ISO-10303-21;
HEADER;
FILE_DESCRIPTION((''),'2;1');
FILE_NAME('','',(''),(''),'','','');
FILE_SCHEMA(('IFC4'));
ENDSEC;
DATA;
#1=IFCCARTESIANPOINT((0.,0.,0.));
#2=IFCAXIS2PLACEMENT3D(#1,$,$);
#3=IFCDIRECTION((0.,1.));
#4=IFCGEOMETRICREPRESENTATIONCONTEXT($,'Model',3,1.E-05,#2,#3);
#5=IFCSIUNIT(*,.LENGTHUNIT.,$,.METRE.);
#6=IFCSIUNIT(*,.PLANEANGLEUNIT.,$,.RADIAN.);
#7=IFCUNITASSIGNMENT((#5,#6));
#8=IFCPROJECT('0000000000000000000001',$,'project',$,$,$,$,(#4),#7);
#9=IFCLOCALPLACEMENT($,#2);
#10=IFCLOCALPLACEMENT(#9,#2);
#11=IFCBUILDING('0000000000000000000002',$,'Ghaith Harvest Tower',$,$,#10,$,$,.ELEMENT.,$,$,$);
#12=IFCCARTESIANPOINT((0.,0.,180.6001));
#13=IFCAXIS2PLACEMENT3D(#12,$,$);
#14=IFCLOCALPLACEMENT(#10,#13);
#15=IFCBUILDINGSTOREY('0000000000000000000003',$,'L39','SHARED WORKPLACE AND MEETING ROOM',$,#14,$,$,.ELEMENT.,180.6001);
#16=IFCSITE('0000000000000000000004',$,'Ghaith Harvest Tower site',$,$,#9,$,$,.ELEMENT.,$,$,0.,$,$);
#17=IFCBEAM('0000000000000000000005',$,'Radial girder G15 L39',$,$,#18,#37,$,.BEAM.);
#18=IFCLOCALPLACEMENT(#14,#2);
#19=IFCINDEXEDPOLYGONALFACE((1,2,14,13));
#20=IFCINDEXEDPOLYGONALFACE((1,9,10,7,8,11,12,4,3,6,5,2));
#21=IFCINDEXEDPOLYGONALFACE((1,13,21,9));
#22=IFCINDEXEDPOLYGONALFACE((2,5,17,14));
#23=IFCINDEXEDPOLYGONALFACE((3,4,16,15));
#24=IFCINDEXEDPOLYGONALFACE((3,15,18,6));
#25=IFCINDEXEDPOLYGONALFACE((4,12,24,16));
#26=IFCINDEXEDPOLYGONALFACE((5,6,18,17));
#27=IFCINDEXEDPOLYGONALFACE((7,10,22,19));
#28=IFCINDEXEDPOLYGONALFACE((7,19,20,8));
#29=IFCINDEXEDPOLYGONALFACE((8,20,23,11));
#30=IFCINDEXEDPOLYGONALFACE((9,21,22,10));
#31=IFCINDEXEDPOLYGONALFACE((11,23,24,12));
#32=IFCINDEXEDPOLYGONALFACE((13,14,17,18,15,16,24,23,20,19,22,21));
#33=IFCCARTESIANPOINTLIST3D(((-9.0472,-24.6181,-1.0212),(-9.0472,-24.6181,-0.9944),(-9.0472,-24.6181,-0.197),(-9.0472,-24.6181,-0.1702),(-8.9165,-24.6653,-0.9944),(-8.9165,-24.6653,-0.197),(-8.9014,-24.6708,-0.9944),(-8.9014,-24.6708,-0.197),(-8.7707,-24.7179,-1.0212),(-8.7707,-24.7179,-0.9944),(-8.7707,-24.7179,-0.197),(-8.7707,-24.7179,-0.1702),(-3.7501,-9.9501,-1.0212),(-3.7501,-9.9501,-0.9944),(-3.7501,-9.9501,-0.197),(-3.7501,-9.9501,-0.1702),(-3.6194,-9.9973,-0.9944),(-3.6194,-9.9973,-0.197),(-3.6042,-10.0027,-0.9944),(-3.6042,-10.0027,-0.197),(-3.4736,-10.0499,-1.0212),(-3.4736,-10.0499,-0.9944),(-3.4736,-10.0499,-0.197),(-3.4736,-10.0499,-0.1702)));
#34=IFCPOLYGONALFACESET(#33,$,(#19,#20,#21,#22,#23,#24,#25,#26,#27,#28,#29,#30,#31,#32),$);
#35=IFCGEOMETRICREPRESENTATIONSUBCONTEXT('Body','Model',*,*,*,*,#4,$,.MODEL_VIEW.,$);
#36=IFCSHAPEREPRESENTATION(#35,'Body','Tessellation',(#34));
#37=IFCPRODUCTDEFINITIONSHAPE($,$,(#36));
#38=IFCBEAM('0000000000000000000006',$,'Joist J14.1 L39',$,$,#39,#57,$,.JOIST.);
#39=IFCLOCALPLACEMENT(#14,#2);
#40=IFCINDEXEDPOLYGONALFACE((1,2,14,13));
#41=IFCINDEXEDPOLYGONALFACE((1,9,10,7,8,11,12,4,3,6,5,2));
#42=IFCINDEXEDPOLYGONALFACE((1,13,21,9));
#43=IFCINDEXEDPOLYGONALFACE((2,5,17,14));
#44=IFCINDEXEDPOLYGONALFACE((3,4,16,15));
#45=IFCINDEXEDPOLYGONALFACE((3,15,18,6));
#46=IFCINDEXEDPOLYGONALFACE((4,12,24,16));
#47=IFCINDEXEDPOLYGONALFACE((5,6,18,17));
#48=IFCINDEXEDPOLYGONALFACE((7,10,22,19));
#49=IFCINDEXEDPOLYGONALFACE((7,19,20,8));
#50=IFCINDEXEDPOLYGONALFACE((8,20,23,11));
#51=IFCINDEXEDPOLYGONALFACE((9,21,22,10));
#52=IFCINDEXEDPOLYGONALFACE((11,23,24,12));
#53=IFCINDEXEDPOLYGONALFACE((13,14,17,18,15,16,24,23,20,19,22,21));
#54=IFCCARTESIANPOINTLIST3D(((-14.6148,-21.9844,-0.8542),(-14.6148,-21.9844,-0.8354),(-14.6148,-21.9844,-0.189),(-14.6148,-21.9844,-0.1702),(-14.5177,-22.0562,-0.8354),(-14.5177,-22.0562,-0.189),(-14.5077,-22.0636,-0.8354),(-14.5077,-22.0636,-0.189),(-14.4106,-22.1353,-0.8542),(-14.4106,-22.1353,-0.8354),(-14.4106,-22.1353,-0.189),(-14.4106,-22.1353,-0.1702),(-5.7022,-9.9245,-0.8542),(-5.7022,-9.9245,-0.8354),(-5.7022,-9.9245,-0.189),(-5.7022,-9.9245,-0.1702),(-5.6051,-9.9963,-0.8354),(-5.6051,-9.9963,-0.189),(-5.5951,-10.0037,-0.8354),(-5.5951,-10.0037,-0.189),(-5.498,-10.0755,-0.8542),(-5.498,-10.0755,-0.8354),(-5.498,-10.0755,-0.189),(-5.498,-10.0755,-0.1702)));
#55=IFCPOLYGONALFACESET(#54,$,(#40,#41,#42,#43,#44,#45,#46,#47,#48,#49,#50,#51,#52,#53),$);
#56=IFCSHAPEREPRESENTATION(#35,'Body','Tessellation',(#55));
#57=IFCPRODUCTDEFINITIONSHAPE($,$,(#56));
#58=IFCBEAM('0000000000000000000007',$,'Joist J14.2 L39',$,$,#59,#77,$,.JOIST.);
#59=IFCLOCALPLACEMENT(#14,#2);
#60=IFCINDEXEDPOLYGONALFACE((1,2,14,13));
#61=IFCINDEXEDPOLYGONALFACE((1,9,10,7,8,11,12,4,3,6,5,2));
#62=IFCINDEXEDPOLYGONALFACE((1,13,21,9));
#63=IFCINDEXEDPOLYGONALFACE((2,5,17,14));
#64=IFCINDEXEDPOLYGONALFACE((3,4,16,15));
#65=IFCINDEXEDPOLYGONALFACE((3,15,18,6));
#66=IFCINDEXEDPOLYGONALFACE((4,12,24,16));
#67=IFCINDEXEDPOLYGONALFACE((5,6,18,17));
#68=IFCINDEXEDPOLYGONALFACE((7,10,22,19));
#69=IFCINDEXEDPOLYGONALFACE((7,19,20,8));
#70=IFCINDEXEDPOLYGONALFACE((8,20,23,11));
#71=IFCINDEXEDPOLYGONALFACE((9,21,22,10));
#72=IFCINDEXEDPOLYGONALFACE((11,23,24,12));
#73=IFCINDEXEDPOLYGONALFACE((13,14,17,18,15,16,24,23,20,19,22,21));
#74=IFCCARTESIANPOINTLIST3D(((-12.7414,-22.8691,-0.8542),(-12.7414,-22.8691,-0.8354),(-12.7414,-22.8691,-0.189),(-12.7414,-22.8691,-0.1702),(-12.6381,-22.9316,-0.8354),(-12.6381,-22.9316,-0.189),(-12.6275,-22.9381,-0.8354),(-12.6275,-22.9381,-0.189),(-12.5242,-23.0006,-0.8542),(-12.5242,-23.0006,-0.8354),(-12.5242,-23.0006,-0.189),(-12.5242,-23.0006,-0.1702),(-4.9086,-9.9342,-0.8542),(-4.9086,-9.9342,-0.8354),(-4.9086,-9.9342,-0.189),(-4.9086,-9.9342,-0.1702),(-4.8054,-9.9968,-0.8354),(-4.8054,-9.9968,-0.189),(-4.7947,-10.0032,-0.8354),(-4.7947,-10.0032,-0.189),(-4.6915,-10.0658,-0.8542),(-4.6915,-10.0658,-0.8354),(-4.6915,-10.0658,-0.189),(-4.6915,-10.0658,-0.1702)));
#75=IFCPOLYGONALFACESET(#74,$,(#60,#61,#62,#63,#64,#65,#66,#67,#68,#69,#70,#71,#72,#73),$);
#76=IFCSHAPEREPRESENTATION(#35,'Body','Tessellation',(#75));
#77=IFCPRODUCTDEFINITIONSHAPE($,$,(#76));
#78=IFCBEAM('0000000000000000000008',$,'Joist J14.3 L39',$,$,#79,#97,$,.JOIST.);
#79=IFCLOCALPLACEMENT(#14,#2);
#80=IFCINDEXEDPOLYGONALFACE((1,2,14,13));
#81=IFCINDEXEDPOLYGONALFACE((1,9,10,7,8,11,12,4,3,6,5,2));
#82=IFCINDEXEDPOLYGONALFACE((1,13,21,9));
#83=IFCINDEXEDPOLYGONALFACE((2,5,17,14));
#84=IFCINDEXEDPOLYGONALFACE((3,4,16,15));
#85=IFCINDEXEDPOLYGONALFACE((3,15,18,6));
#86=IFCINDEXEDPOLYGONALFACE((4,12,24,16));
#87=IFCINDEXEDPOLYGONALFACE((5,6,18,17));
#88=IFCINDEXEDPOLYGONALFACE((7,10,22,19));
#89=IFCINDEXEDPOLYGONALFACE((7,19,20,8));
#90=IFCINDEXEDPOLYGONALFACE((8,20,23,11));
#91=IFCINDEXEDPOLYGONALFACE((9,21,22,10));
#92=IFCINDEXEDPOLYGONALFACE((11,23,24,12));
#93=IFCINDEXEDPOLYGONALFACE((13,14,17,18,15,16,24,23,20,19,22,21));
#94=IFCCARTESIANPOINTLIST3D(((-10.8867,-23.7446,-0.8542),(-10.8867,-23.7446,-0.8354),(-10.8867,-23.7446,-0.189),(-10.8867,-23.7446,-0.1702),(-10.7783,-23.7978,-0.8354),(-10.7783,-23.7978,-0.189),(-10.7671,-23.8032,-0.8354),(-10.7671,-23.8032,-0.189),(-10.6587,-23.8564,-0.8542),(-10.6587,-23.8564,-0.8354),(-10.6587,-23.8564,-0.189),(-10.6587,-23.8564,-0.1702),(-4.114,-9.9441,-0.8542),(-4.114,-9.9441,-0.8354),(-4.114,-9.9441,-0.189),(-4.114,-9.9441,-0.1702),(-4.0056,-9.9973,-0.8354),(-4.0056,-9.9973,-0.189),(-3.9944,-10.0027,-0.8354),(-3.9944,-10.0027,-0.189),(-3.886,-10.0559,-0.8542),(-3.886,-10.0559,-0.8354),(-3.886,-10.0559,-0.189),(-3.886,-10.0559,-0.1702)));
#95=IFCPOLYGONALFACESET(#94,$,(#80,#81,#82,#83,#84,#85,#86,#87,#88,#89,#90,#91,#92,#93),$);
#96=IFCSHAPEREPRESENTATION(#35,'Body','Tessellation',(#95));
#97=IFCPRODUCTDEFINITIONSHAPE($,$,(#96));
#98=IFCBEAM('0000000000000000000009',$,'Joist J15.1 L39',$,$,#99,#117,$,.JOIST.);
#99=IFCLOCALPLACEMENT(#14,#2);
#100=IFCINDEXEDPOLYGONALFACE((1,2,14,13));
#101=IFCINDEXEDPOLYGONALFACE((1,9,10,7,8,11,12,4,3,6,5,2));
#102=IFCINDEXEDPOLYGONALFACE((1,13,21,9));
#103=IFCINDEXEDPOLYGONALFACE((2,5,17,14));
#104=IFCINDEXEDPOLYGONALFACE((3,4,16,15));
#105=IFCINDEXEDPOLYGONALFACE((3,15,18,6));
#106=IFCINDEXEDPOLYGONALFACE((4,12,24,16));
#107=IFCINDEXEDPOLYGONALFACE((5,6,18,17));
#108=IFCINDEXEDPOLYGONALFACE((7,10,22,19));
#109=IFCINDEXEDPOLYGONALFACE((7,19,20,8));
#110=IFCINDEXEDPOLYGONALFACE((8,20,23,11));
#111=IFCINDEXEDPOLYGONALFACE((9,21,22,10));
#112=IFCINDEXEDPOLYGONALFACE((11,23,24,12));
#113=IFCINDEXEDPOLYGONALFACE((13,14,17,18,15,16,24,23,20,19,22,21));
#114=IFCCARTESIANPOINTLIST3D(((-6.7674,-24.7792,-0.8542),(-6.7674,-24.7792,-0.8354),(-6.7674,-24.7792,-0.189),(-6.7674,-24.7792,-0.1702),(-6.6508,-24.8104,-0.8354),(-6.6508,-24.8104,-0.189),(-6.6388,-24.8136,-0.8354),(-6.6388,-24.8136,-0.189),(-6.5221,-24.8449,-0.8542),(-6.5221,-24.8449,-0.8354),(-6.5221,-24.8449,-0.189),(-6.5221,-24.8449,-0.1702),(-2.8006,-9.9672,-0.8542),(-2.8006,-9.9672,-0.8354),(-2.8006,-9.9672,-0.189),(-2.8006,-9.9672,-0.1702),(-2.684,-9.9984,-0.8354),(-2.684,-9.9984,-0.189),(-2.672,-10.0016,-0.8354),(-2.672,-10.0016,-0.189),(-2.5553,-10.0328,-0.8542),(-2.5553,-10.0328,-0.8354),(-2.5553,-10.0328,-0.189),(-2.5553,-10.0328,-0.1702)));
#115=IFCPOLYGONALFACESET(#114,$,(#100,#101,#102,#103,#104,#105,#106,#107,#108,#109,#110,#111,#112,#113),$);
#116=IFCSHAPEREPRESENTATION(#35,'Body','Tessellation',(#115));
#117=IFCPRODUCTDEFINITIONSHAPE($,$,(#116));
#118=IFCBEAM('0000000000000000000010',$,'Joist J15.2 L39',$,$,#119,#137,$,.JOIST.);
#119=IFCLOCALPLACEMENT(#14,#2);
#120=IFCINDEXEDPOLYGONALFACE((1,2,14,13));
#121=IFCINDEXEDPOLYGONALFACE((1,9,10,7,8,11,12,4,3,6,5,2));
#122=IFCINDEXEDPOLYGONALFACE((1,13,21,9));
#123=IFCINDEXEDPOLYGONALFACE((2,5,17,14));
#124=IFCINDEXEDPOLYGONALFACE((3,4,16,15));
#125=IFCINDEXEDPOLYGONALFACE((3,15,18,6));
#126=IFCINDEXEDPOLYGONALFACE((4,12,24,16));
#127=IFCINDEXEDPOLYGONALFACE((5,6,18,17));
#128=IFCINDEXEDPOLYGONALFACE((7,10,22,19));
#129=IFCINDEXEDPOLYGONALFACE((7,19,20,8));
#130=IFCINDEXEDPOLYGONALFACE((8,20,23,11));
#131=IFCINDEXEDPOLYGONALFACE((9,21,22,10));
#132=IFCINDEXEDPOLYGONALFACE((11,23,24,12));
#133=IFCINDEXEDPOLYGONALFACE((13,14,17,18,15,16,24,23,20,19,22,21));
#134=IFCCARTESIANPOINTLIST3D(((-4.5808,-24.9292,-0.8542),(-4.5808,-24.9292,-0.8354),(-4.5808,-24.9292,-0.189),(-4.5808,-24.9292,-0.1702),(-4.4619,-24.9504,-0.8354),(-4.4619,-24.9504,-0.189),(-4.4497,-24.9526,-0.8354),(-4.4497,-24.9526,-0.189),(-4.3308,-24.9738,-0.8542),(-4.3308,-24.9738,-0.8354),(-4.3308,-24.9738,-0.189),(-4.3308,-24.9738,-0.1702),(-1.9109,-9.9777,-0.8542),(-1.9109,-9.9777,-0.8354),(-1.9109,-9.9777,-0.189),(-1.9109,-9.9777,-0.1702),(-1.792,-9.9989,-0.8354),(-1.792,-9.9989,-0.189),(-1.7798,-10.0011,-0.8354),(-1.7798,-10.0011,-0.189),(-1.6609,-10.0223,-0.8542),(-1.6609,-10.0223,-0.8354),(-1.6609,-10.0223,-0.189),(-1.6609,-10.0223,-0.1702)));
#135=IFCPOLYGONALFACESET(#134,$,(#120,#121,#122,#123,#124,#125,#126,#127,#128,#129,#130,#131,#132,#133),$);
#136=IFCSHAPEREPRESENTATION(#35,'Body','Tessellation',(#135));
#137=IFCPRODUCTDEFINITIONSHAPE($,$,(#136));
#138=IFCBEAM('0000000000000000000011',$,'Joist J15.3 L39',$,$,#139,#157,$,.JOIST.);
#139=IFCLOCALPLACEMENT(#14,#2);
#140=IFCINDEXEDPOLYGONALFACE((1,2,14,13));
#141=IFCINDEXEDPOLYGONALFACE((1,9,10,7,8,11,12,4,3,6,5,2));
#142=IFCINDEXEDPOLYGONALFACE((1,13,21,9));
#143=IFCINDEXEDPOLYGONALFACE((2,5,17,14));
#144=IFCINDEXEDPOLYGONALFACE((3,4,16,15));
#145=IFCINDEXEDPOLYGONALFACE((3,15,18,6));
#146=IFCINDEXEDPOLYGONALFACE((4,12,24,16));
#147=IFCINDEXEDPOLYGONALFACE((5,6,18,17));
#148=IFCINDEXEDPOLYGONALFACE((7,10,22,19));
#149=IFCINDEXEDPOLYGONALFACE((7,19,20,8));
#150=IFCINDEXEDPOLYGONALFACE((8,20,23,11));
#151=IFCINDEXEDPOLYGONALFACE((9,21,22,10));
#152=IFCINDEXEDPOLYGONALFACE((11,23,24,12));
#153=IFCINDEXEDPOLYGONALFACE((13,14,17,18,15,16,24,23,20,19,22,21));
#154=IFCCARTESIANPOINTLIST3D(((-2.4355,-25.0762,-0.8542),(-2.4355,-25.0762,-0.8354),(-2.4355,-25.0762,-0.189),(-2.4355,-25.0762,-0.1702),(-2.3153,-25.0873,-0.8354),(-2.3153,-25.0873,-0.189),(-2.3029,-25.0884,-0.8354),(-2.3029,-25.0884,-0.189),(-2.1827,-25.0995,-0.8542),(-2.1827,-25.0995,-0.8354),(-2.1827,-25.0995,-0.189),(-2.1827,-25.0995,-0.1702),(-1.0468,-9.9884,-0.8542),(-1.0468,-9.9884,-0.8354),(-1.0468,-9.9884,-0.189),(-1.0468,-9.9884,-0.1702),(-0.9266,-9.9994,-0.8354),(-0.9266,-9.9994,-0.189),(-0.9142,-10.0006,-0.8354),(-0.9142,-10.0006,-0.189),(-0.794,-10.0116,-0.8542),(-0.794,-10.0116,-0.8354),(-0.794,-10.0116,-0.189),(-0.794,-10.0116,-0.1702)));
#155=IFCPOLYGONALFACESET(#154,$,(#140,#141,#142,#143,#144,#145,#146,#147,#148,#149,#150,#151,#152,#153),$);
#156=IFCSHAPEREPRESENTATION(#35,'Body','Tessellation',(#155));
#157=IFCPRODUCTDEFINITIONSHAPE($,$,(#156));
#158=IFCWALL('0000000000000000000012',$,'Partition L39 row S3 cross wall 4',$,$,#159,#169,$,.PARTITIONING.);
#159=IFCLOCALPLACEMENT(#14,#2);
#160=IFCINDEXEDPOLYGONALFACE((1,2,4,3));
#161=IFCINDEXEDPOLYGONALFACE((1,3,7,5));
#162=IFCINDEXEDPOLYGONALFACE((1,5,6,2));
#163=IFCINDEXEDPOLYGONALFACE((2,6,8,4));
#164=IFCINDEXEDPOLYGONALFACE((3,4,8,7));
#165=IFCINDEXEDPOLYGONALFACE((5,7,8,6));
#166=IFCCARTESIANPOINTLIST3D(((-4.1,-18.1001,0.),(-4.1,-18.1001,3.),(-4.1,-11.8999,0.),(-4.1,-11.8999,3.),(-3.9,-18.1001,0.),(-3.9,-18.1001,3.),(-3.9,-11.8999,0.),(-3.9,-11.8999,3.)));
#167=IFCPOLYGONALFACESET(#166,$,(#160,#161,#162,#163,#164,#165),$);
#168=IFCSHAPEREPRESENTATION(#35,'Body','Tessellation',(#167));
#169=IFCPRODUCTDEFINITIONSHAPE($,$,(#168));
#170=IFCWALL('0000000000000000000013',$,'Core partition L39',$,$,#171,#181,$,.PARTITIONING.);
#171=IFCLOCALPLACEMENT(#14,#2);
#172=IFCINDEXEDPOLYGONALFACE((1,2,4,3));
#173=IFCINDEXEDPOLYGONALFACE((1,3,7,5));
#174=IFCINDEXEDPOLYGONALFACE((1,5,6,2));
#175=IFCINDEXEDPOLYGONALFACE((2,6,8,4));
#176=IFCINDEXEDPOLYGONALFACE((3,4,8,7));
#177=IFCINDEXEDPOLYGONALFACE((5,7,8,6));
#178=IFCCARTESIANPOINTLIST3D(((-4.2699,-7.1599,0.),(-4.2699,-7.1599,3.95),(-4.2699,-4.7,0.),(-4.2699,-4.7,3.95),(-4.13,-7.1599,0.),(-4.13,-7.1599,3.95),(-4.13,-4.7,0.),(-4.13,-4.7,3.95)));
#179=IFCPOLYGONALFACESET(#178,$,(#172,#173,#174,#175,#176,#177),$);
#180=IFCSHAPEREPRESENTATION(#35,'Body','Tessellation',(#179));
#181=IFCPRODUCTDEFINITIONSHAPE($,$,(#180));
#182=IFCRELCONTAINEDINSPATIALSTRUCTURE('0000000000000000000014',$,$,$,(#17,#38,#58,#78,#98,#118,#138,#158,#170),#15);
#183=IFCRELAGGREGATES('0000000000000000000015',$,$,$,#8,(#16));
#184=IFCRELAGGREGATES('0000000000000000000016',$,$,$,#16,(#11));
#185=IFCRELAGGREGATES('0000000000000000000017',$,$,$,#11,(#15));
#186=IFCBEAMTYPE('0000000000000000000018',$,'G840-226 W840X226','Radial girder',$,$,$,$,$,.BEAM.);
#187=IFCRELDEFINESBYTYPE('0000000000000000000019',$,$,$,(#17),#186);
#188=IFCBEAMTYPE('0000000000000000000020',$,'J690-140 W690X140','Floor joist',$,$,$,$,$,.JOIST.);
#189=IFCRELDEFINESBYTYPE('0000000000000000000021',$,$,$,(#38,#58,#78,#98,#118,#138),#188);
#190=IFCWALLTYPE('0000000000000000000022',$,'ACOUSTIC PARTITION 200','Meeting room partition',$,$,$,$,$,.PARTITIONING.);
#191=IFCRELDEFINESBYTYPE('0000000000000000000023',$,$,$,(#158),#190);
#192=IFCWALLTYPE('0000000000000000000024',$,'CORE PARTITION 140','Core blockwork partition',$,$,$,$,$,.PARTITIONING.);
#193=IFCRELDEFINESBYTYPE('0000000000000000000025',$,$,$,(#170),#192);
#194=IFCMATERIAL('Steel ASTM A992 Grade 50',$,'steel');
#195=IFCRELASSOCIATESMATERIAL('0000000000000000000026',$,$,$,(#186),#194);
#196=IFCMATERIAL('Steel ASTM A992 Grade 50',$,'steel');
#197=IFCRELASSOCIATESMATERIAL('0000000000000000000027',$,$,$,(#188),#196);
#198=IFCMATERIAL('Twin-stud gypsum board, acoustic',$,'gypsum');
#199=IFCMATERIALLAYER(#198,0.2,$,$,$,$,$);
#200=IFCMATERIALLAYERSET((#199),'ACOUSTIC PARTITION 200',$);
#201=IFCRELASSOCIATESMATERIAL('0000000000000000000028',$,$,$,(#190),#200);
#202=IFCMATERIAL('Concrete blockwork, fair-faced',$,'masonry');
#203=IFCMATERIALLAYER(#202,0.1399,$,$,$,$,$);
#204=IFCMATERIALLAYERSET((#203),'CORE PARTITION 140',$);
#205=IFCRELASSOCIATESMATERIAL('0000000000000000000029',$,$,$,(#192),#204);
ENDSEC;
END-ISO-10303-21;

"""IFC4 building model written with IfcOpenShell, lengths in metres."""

from ifc_helpers import new_model, si_unit, direction, frame, frame_2d, origin, origin_2d, place, context, subcontext, project, spatial, rectangle, i_section, extrude, material, layer, layer_set, material_profile, profile_set, type_object, element, save


model = new_model("IFC4")

# Units and contexts
model_context = context("Model", 3, precision=1e-05, world=origin(), true_north=direction((0.0, 1.0)))
body_context = subcontext(model_context, "Body", "Model", "MODEL_VIEW")
ifc_project = project(units=[si_unit("LENGTHUNIT", "METRE"), si_unit("PLANEANGLEUNIT", "RADIAN")], contexts=[model_context])

# Site, building, storey
site_placement = place(None, origin())
site = spatial("IfcSite", under=ifc_project, at=site_placement, Name="Ghaith Harvest Tower site", CompositionType="ELEMENT", RefElevation=0.0)
building_placement = place(site_placement, origin())
building = spatial("IfcBuilding", under=site, at=building_placement, Name="Ghaith Harvest Tower", CompositionType="ELEMENT")
storey_placement = place(building_placement, frame((0.0, 0.0, 180.6001)))
storey = spatial("IfcBuildingStorey", under=building, at=storey_placement, Name="L39", Description="SHARED WORKPLACE AND MEETING ROOM", CompositionType="ELEMENT", Elevation=180.6001)

# Beams
ifc_material_1 = material(Name="Steel ASTM A992 Grade 50", Category="steel")
ifc_material_profile_1 = material_profile(ifc_material_1, i_section(OverallWidth=0.2939, OverallDepth=0.8511, WebThickness=0.0161, FlangeThickness=0.0269, at=origin_2d()), Name="W840X226")
ifc_profile_set_1 = profile_set([ifc_material_profile_1], Name="Steel ASTM A992 Grade 50")
beam_type_1 = type_object("IfcBeamType", Name="G840-226 W840X226", Description="Radial girder", PredefinedType="BEAM", material=ifc_profile_set_1)
beam_1_placement = place(storey_placement, frame((-3.6118, -10.0, -0.5957), z_axis=(-0.339664, -0.940547, 0.0), x_axis=(0.940547, -0.339664, 0.0)))
element("IfcBeam", 1, at=beam_1_placement, inside=storey, type_object=beam_type_1, Name="Radial girder G15 L39", PredefinedType="BEAM", context=body_context, shape_type="SweptSolid", body=[
    extrude(i_section(OverallWidth=0.2939, OverallDepth=0.8511, WebThickness=0.0161, FlangeThickness=0.0269, at=origin_2d()), origin(), (0.0, 0.0, 1.0), 15.5952),
])
ifc_material_2 = material(Name="Steel ASTM A992 Grade 50", Category="steel")
ifc_material_profile_2 = material_profile(ifc_material_2, i_section(OverallWidth=0.2539, OverallDepth=0.6841, WebThickness=0.0125, FlangeThickness=0.0188, at=origin_2d()), Name="W690X140")
ifc_profile_set_2 = profile_set([ifc_material_profile_2], Name="Steel ASTM A992 Grade 50")
beam_type_2 = type_object("IfcBeamType", Name="J690-140 W690X140", Description="Floor joist", PredefinedType="JOIST", material=ifc_profile_set_2)
beam_2_placement = place(storey_placement, frame((-5.6001, -10.0, -0.5122), z_axis=(-0.59434, -0.804214, 0.0), x_axis=(0.804214, -0.59434, 0.0)))
element("IfcBeam", 2, at=beam_2_placement, inside=storey, type_object=beam_type_2, Name="Joist J14.1 L39", PredefinedType="JOIST", context=body_context, shape_type="SweptSolid", body=[
    extrude(i_section(OverallWidth=0.2539, OverallDepth=0.6841, WebThickness=0.0125, FlangeThickness=0.0188, at=origin_2d()), origin(), (0.0, 0.0, 1.0), 14.9958),
])
beam_3_placement = place(storey_placement, frame((-4.8, -10.0, -0.5122), z_axis=(-0.517986, -0.855389, 0.0), x_axis=(0.855389, -0.517986, 0.0)))
element("IfcBeam", 3, at=beam_3_placement, inside=storey, type_object=beam_type_2, Name="Joist J14.2 L39", PredefinedType="JOIST", context=body_context, shape_type="SweptSolid", body=[
    extrude(i_section(OverallWidth=0.2539, OverallDepth=0.6841, WebThickness=0.0125, FlangeThickness=0.0188, at=origin_2d()), origin(), (0.0, 0.0, 1.0), 15.1216),
])
beam_4_placement = place(storey_placement, frame((-4.0, -10.0, -0.5122), z_axis=(-0.440563, -0.897722, 0.0), x_axis=(0.897722, -0.440563, 0.0)))
element("IfcBeam", 4, at=beam_4_placement, inside=storey, type_object=beam_type_2, Name="Joist J14.3 L39", PredefinedType="JOIST", context=body_context, shape_type="SweptSolid", body=[
    extrude(i_section(OverallWidth=0.2539, OverallDepth=0.6841, WebThickness=0.0125, FlangeThickness=0.0188, at=origin_2d()), origin(), (0.0, 0.0, 1.0), 15.3728),
])
beam_5_placement = place(storey_placement, frame((-2.678, -10.0, -0.5122), z_axis=(-0.258693, -0.96596, 0.0), x_axis=(0.96596, -0.258693, 0.0)))
element("IfcBeam", 5, at=beam_5_placement, inside=storey, type_object=beam_type_2, Name="Joist J15.1 L39", PredefinedType="JOIST", context=body_context, shape_type="SweptSolid", body=[
    extrude(i_section(OverallWidth=0.2539, OverallDepth=0.6841, WebThickness=0.0125, FlangeThickness=0.0188, at=origin_2d()), origin(), (0.0, 0.0, 1.0), 15.334),
])
beam_6_placement = place(storey_placement, frame((-1.7859, -10.0, -0.5122), z_axis=(-0.175792, -0.984427, 0.0), x_axis=(0.984427, -0.175792, 0.0)))
element("IfcBeam", 6, at=beam_6_placement, inside=storey, type_object=beam_type_2, Name="Joist J15.2 L39", PredefinedType="JOIST", context=body_context, shape_type="SweptSolid", body=[
    extrude(i_section(OverallWidth=0.2539, OverallDepth=0.6841, WebThickness=0.0125, FlangeThickness=0.0188, at=origin_2d()), origin(), (0.0, 0.0, 1.0), 15.188),
])
beam_7_placement = place(storey_placement, frame((-0.9204, -10.0, -0.5122), z_axis=(-0.091651, -0.995791, 0.0), x_axis=(0.995791, -0.091651, 0.0)))
element("IfcBeam", 7, at=beam_7_placement, inside=storey, type_object=beam_type_2, Name="Joist J15.3 L39", PredefinedType="JOIST", context=body_context, shape_type="SweptSolid", body=[
    extrude(i_section(OverallWidth=0.2539, OverallDepth=0.6841, WebThickness=0.0125, FlangeThickness=0.0188, at=origin_2d()), origin(), (0.0, 0.0, 1.0), 15.1516),
])

# Wall
ifc_material_3 = material(Name="Twin-stud gypsum board, acoustic", Category="gypsum")
ifc_layer_1 = layer(ifc_material_3, 0.2)
ifc_layer_set_1 = layer_set([ifc_layer_1], Name="ACOUSTIC PARTITION 200")
wall_type_1 = type_object("IfcWallType", Name="ACOUSTIC PARTITION 200", Description="Meeting room partition", PredefinedType="PARTITIONING", material=ifc_layer_set_1)
wall_1_placement = place(storey_placement, frame((-4.0, -11.8999, 0.0), z_axis=(0.0, 0.0, 1.0), x_axis=(0.0, -1.0, 0.0)))
element("IfcWall", 8, at=wall_1_placement, inside=storey, type_object=wall_type_1, Name="Partition L39 row S3 cross wall 4", PredefinedType="PARTITIONING", context=body_context, shape_type="SweptSolid", body=[
    extrude(rectangle(XDim=6.2002, YDim=0.2, at=frame_2d((3.1001, 0.0))), origin(), (0.0, 0.0, 1.0), 3.0),
])

# Shared definitions
ifc_material_4 = material(Name="Concrete blockwork, fair-faced", Category="masonry")
ifc_layer_2 = layer(ifc_material_4, 0.1399)
ifc_layer_set_2 = layer_set([ifc_layer_2], Name="CORE PARTITION 140")
wall_type_2 = type_object("IfcWallType", Name="CORE PARTITION 140", Description="Core blockwork partition", PredefinedType="PARTITIONING", material=ifc_layer_set_2)

# Wall
for number, where, z_axis, x_axis, name in (
    (9, (-4.2, -4.7, 0.0), (0.0, 0.0, 1.0), (0.0, -1.0, 0.0), "Core partition L39"),
):
    element("IfcWall", number, at=place(storey_placement, frame(where, z_axis=z_axis, x_axis=x_axis)), inside=storey, type_object=wall_type_2, Name=name, PredefinedType="PARTITIONING", context=body_context, shape_type="SweptSolid", body=[
        extrude(rectangle(XDim=2.46, YDim=0.1399, at=frame_2d((1.23, 0.0))), origin(), (0.0, 0.0, 1.0), 3.95),
    ])

save(model, "model.ifc")
